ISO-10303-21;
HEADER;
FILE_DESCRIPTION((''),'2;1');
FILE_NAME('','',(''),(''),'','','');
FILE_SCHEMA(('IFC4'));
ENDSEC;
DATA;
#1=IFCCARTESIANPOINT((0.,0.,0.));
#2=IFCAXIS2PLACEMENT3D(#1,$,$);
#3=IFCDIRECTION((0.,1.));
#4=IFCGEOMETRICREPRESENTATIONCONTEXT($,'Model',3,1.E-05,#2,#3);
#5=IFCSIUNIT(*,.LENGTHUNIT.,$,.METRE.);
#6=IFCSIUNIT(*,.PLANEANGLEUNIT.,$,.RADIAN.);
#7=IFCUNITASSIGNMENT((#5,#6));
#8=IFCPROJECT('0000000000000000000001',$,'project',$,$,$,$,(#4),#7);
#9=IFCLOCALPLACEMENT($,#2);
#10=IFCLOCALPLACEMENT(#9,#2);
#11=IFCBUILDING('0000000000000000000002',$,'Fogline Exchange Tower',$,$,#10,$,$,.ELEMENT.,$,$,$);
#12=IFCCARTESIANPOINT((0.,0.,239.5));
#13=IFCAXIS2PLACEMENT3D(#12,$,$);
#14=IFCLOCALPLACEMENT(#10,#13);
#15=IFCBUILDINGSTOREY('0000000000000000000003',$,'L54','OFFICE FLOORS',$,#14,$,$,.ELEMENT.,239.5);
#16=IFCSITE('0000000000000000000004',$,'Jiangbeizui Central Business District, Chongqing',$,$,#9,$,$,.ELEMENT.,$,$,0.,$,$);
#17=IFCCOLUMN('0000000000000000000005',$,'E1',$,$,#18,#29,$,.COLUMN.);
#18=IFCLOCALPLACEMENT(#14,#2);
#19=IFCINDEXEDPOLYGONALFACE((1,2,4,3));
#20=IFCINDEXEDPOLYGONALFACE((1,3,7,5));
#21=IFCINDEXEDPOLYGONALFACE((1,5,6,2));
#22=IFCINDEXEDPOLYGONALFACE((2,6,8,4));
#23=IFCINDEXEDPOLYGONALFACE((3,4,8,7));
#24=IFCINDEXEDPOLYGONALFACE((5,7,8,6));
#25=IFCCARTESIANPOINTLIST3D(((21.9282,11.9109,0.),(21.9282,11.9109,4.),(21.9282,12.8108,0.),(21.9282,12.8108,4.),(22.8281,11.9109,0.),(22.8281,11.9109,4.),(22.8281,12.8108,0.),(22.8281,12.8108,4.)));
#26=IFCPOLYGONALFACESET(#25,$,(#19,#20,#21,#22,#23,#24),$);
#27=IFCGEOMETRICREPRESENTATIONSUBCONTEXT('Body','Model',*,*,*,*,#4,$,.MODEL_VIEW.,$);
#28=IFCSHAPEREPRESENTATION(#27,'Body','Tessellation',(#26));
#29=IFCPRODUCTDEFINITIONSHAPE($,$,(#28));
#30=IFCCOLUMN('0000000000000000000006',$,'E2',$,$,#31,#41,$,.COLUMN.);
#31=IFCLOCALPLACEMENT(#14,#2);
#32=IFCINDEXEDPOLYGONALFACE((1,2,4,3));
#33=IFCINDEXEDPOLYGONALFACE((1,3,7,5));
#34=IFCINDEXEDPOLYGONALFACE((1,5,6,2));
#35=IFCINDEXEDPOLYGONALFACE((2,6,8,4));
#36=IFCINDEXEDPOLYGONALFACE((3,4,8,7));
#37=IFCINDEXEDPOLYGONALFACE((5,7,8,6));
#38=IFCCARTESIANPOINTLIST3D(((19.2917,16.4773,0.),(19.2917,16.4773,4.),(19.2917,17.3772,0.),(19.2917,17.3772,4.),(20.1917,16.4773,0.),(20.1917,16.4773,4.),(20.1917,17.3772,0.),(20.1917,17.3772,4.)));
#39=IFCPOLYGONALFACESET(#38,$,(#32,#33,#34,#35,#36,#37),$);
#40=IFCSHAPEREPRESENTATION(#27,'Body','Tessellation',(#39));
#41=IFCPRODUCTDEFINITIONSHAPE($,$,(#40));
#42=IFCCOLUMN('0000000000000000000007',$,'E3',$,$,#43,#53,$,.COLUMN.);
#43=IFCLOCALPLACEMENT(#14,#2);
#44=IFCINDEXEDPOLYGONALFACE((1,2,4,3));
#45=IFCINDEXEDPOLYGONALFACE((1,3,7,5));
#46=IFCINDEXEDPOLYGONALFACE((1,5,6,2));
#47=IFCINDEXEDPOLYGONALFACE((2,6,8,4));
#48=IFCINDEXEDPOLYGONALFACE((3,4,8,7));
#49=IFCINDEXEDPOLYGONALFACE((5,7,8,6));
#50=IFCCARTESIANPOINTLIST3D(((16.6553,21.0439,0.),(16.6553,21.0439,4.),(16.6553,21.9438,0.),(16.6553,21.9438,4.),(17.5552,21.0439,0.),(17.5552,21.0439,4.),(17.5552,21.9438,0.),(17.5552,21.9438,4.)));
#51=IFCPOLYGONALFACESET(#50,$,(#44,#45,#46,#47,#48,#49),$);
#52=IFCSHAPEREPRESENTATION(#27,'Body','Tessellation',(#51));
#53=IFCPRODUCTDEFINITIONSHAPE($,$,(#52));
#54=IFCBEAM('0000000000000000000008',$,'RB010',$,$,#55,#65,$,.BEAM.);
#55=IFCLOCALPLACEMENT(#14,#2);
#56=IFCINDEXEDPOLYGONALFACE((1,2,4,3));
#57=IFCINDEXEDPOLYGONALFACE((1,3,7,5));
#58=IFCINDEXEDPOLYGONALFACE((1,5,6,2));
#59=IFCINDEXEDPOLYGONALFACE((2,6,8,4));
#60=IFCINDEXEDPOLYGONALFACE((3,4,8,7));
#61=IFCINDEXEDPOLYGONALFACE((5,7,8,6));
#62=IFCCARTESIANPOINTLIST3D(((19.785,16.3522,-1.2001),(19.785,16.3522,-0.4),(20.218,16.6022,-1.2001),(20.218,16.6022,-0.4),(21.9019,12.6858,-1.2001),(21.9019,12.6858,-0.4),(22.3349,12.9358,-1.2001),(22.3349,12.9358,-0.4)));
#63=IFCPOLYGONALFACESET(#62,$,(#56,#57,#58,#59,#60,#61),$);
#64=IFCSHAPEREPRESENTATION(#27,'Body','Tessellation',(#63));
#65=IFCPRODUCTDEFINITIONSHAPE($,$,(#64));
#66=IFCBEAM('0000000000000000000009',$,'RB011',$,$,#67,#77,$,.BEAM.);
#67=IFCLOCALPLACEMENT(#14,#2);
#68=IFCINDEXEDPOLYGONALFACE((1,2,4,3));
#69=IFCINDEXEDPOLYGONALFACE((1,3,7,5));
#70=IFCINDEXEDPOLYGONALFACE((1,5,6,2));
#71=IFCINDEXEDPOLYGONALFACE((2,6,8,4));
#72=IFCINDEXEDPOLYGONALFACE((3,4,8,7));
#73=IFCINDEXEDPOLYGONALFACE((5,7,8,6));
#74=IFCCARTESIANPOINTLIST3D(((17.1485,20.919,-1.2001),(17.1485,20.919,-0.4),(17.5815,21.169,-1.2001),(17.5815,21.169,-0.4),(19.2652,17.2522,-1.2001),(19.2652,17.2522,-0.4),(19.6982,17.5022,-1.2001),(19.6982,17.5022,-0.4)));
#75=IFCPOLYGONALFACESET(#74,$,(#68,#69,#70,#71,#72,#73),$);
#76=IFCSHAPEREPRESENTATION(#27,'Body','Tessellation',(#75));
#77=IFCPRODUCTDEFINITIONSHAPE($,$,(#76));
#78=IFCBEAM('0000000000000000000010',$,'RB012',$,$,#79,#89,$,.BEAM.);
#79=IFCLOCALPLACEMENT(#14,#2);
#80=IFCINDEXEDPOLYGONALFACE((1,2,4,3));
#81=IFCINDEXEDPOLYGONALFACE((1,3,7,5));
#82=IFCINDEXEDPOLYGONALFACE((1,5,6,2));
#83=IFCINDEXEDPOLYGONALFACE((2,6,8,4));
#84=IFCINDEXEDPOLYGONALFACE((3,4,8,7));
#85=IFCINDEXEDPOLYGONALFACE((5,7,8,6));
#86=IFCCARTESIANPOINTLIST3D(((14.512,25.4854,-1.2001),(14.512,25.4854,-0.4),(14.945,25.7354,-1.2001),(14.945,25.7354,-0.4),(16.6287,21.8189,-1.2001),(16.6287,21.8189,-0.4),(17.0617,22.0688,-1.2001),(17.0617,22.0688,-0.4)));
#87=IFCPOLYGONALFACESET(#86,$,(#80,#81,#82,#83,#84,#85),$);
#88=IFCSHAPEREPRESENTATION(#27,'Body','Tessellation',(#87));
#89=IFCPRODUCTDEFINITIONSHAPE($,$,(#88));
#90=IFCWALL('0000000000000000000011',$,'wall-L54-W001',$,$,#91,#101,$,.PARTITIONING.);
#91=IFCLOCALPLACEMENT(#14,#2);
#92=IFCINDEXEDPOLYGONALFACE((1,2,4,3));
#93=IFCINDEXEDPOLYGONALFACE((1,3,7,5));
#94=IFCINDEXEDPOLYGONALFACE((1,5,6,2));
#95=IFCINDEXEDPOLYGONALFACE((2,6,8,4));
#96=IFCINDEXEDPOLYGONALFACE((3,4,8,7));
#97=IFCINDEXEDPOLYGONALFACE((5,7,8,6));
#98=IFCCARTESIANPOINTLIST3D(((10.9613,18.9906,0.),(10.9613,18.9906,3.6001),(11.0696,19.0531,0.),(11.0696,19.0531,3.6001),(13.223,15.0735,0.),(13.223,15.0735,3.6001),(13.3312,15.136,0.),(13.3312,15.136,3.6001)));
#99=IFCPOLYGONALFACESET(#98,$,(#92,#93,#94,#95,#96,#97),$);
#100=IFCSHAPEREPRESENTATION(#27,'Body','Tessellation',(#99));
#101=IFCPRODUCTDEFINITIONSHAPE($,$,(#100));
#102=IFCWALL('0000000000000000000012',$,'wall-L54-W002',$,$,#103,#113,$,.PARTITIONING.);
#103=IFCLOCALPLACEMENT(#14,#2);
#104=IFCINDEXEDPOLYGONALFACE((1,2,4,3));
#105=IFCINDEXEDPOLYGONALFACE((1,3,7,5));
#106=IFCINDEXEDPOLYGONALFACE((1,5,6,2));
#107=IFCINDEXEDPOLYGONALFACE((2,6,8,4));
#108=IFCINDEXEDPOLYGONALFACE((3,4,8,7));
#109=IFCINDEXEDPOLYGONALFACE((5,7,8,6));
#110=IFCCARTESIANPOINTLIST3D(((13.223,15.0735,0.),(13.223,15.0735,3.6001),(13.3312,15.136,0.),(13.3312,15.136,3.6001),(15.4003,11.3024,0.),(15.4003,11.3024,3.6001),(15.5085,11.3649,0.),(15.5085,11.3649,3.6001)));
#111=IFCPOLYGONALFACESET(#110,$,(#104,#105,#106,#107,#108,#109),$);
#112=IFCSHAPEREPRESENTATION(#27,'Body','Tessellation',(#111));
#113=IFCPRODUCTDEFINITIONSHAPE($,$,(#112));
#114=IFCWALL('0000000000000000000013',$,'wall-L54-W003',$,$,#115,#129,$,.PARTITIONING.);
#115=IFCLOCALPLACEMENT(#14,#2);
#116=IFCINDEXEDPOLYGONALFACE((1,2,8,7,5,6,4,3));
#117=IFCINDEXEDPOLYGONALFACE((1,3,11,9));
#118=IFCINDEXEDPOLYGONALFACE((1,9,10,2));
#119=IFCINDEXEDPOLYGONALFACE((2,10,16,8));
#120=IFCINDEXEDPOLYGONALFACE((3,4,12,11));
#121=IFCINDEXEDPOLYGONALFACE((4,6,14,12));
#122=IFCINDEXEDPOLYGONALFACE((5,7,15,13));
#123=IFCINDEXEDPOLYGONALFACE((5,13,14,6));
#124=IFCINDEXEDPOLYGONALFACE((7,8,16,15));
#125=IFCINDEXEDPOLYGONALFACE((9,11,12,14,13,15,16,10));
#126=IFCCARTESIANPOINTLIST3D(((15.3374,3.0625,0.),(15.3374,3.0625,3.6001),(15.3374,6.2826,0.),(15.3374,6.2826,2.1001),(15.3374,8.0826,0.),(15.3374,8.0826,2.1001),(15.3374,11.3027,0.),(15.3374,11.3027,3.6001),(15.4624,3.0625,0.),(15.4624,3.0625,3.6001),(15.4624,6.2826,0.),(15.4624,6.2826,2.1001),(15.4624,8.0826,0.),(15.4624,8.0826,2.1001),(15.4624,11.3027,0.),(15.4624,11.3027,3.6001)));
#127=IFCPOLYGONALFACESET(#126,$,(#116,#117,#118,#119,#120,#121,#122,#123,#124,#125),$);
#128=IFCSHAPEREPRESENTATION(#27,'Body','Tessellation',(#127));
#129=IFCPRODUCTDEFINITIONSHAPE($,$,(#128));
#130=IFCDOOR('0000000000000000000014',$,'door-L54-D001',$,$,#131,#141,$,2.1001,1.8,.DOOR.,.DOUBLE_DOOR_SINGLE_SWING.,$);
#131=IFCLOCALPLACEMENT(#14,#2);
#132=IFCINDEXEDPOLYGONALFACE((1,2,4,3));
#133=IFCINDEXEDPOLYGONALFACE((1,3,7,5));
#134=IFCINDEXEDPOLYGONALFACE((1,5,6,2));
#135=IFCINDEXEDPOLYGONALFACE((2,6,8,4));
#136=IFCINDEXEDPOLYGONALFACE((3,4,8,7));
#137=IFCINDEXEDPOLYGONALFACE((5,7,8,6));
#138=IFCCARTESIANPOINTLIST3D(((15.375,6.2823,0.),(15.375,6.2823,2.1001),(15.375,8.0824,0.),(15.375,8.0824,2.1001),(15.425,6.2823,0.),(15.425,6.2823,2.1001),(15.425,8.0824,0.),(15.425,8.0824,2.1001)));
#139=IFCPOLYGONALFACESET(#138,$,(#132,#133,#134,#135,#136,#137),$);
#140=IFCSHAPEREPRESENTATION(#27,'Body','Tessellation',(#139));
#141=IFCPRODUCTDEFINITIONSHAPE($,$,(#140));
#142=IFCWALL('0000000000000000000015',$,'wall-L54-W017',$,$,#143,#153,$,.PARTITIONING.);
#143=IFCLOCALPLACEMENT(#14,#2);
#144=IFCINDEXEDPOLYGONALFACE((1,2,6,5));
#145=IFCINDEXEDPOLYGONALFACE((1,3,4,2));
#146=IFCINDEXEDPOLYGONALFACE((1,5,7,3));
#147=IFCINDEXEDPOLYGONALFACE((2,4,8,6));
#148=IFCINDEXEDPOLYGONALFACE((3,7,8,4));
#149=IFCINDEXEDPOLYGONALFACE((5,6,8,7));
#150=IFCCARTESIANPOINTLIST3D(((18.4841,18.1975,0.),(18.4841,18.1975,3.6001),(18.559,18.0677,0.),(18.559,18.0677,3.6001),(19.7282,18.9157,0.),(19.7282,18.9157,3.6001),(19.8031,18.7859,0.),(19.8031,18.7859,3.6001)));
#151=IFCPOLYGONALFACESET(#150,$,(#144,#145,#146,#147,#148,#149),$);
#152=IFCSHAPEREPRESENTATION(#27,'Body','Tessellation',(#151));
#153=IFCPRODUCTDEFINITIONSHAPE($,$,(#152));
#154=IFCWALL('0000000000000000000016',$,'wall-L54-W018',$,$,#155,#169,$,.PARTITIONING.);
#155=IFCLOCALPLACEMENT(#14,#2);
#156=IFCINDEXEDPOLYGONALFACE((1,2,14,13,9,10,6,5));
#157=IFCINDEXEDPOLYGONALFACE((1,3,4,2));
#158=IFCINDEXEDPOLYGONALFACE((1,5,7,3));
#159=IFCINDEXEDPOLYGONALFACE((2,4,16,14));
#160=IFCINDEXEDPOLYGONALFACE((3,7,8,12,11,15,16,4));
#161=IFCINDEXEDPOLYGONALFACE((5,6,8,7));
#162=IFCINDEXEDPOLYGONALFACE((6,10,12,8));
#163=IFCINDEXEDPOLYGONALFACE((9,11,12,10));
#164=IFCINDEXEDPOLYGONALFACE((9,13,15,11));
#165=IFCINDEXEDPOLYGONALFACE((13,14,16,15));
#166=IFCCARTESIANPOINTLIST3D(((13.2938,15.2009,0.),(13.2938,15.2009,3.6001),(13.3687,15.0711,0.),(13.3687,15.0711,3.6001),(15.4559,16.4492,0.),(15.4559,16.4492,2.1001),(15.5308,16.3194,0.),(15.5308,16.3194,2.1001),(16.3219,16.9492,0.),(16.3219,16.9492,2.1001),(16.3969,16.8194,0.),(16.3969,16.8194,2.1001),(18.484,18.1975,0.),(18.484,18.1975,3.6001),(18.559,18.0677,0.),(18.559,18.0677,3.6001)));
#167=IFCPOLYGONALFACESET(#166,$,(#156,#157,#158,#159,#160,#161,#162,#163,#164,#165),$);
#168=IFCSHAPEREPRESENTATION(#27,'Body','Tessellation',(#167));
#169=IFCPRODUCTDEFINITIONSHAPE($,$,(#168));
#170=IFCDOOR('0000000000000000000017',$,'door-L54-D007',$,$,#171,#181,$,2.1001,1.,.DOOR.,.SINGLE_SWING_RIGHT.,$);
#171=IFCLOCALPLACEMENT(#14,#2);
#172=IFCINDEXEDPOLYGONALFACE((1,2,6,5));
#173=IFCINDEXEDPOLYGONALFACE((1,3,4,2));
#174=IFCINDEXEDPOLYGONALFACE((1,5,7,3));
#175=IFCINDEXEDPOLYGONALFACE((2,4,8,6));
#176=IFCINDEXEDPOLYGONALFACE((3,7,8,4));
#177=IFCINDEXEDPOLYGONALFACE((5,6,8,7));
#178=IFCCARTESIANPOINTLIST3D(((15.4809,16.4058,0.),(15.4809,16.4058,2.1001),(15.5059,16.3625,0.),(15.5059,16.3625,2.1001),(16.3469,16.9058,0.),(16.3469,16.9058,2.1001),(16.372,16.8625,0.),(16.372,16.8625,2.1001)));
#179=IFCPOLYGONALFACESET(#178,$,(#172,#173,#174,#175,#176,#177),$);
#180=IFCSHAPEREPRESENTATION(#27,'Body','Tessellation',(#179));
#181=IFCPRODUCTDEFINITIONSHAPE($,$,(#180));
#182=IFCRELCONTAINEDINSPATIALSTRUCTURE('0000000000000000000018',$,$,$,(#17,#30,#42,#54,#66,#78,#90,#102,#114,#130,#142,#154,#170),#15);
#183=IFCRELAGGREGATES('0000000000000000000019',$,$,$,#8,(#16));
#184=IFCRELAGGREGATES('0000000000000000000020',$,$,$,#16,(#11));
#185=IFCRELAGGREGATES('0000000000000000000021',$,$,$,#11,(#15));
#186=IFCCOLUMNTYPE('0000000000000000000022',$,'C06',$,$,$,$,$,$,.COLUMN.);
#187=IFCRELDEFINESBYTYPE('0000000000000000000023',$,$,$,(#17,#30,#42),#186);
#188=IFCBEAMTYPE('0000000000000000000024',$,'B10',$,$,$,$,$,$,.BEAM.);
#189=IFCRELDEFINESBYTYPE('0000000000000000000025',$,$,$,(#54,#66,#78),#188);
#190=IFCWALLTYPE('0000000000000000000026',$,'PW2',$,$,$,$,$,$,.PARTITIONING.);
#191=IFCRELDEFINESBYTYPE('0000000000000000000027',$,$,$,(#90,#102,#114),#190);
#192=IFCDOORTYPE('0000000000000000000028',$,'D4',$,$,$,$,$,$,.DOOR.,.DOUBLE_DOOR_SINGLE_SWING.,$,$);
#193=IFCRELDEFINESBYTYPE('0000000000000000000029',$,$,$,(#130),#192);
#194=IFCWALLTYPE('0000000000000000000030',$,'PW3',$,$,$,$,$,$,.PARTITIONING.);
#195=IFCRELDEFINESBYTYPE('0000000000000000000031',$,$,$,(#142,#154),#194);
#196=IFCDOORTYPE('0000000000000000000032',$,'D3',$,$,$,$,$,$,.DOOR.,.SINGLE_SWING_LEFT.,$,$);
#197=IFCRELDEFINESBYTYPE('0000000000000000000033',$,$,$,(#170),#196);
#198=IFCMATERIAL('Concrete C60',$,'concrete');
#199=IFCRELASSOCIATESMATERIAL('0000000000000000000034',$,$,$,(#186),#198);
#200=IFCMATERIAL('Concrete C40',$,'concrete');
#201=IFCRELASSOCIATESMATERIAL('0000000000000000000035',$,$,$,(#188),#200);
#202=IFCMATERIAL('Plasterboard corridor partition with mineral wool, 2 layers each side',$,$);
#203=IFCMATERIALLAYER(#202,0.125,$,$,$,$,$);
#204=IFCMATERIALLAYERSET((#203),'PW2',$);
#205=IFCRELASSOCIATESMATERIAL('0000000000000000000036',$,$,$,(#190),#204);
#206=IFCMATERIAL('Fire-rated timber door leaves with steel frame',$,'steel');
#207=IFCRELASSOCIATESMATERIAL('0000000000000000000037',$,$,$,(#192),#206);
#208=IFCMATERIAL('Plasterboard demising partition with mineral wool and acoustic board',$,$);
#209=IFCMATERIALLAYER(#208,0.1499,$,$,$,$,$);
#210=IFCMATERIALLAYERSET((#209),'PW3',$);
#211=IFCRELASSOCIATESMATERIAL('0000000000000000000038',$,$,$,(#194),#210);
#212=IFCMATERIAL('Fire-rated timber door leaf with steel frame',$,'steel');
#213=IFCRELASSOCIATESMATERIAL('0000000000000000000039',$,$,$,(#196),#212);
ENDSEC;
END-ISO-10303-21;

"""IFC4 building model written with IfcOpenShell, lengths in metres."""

from ifc_helpers import new_model, si_unit, direction, frame, frame_2d, origin, origin_2d, place, context, subcontext, project, spatial, rectangle, extrude, material, layer, layer_set, material_profile, profile_set, type_object, element, fill, save


model = new_model("IFC4")

# Units and contexts
model_context = context("Model", 3, precision=1e-05, world=origin(), true_north=direction((0.0, 1.0)))
body_context = subcontext(model_context, "Body", "Model", "MODEL_VIEW")
ifc_project = project(units=[si_unit("LENGTHUNIT", "METRE"), si_unit("PLANEANGLEUNIT", "RADIAN")], contexts=[model_context])

# Site, building, storey
site_placement = place(None, origin())
site = spatial("IfcSite", under=ifc_project, at=site_placement, Name="Jiangbeizui Central Business District, Chongqing", CompositionType="ELEMENT", RefElevation=0.0)
building_placement = place(site_placement, origin())
building = spatial("IfcBuilding", under=site, at=building_placement, Name="Fogline Exchange Tower", CompositionType="ELEMENT")
storey_placement = place(building_placement, frame((0.0, 0.0, 239.5)))
storey = spatial("IfcBuildingStorey", under=building, at=storey_placement, Name="L54", Description="OFFICE FLOORS", CompositionType="ELEMENT", Elevation=239.5)

# Columns
ifc_material_1 = material(Name="Concrete C60", Category="concrete")
ifc_material_profile_1 = material_profile(ifc_material_1, rectangle(XDim=0.8999, YDim=0.8999, at=origin_2d()), Name="RC 900x900")
ifc_profile_set_1 = profile_set([ifc_material_profile_1], Name="Concrete C60")
column_type = type_object("IfcColumnType", Name="C06", PredefinedType="COLUMN", material=ifc_profile_set_1)
for number, where, z_axis, x_axis, name in (
    (1, (22.3782, 12.3608, 0.0), (0.0, 0.0, 1.0), (1.0, 0.0, 0.0), "E1"),
    (2, (19.7417, 16.9272, 0.0), (0.0, 0.0, 1.0), (1.0, 0.0, 0.0), "E2"),
    (3, (17.1052, 21.4939, 0.0), (0.0, 0.0, 1.0), (1.0, 0.0, 0.0), "E3"),
):
    element("IfcColumn", number, at=place(storey_placement, frame(where, z_axis=z_axis, x_axis=x_axis)), inside=storey, type_object=column_type, Name=name, PredefinedType="COLUMN", context=body_context, shape_type="SweptSolid", body=[
        extrude(rectangle(XDim=0.8999, YDim=0.8999, at=origin_2d()), origin(), (0.0, 0.0, 1.0), 4.0),
    ])

# Beams
ifc_material_2 = material(Name="Concrete C40", Category="concrete")
ifc_material_profile_2 = material_profile(ifc_material_2, rectangle(XDim=0.5, YDim=0.8, at=origin_2d()), Name="RC 500x800")
ifc_profile_set_2 = profile_set([ifc_material_profile_2], Name="Concrete C40")
beam_type = type_object("IfcBeamType", Name="B10", PredefinedType="BEAM", material=ifc_profile_set_2)
beam_1_placement = place(storey_placement, frame((22.1184, 12.8108, -0.8), z_axis=(-0.500015, 0.866017, 0.0), x_axis=(-0.866017, -0.500015, 0.0)))
element("IfcBeam", 4, at=beam_1_placement, inside=storey, type_object=beam_type, Name="RB010", PredefinedType="BEAM", context=body_context, shape_type="SweptSolid", body=[
    extrude(rectangle(XDim=0.5, YDim=0.8, at=origin_2d()), origin(), (0.0, 0.0, 1.0), 4.2336),
])
beam_2_placement = place(storey_placement, frame((19.4817, 17.3772, -0.8), z_axis=(-0.499947, 0.866056, 0.0), x_axis=(-0.866056, -0.499947, 0.0)))
element("IfcBeam", 5, at=beam_2_placement, inside=storey, type_object=beam_type, Name="RB011", PredefinedType="BEAM", context=body_context, shape_type="SweptSolid", body=[
    extrude(rectangle(XDim=0.5, YDim=0.8, at=origin_2d()), origin(), (0.0, 0.0, 1.0), 4.2339),
])
beam_3_placement = place(storey_placement, frame((16.8452, 21.9438, -0.8), z_axis=(-0.499972, 0.866042, 0.0), x_axis=(-0.866042, -0.499972, 0.0)))
element("IfcBeam", 6, at=beam_3_placement, inside=storey, type_object=beam_type, Name="RB012", PredefinedType="BEAM", context=body_context, shape_type="SweptSolid", body=[
    extrude(rectangle(XDim=0.5, YDim=0.8, at=origin_2d()), origin(), (0.0, 0.0, 1.0), 4.2336),
])

# Walls
ifc_material_3 = material(Name="Plasterboard corridor partition with mineral wool, 2 layers each side")
ifc_layer_1 = layer(ifc_material_3, 0.125)
ifc_layer_set_1 = layer_set([ifc_layer_1], Name="PW2")
wall_type_1 = type_object("IfcWallType", Name="PW2", PredefinedType="PARTITIONING", material=ifc_layer_set_1)
wall_1_placement = place(storey_placement, frame((11.0154, 19.022, 0.0), z_axis=(0.0, 0.0, 1.0), x_axis=(0.500017, -0.866016, 0.0)))
element("IfcWall", 7, at=wall_1_placement, inside=storey, type_object=wall_type_1, Name="wall-L54-W001", PredefinedType="PARTITIONING", context=body_context, shape_type="SweptSolid", body=[
    extrude(rectangle(XDim=4.5232, YDim=0.125, at=frame_2d((2.2617, 0.0))), origin(), (0.0, 0.0, 1.0), 3.6001),
])
wall_2_placement = place(storey_placement, frame((13.2771, 15.1047, 0.0), z_axis=(0.0, 0.0, 1.0), x_axis=(0.50001, -0.866019, 0.0)))
element("IfcWall", 8, at=wall_2_placement, inside=storey, type_object=wall_type_1, Name="wall-L54-W002", PredefinedType="PARTITIONING", context=body_context, shape_type="SweptSolid", body=[
    extrude(rectangle(XDim=4.3545, YDim=0.125, at=frame_2d((2.1772, 0.0))), origin(), (0.0, 0.0, 1.0), 3.6001),
])

# Wall, opening, door
wall_3_placement = place(storey_placement, frame((15.3999, 11.3027, 0.0), z_axis=(0.0, 0.0, 1.0), x_axis=(0.0, -1.0, 0.0)))
wall_3 = element("IfcWall", 9, at=wall_3_placement, inside=storey, type_object=wall_type_1, Name="wall-L54-W003", PredefinedType="PARTITIONING", context=body_context, shape_type="SweptSolid", body=[
    extrude(rectangle(XDim=8.2402, YDim=0.125, at=frame_2d((4.1201, 0.0))), origin(), (0.0, 0.0, 1.0), 3.6001),
])
opening_1_placement = place(wall_3_placement, frame((3.2202, 0.0, 0.0)))
opening_1 = element("IfcOpeningElement", 10, at=opening_1_placement, cuts=wall_3, PredefinedType="OPENING", context=body_context, shape_type="SweptSolid", body=[
    extrude(rectangle(XDim=1.8, YDim=2.1001, at=frame_2d((0.8999, 1.05))), frame((0.0, 0.0725, 0.0), z_axis=(0.0, -1.0, 0.0), x_axis=(1.0, 0.0, 0.0)), (0.0, 0.0, 1.0), 0.145),
])
ifc_material_4 = material(Name="Fire-rated timber door leaves with steel frame", Category="steel")
door_type_1 = type_object("IfcDoorType", Name="D4", OperationType="DOUBLE_DOOR_SINGLE_SWING", PredefinedType="DOOR", material=ifc_material_4)
door_1_placement = place(opening_1_placement, frame((1.8, 0.0, 0.0), z_axis=(0.0, 0.0, 1.0), x_axis=(-1.0, 0.0, 0.0)))
door_1 = element("IfcDoor", 11, at=door_1_placement, inside=storey, type_object=door_type_1, Name="door-L54-D001", OperationType="DOUBLE_DOOR_SINGLE_SWING", OverallHeight=2.1001, OverallWidth=1.8, PredefinedType="DOOR", context=body_context, shape_type="SweptSolid", body=[
    extrude(rectangle(XDim=1.8, YDim=2.1001, at=frame_2d((0.8999, 1.05))), frame((0.0, 0.0249, 0.0), z_axis=(0.0, -1.0, 0.0), x_axis=(1.0, 0.0, 0.0)), (0.0, 0.0, 1.0), 0.05),
])
fill(opening_1, door_1)

# Wall
ifc_material_5 = material(Name="Plasterboard demising partition with mineral wool and acoustic board")
ifc_layer_2 = layer(ifc_material_5, 0.1499)
ifc_layer_set_2 = layer_set([ifc_layer_2], Name="PW3")
wall_type_2 = type_object("IfcWallType", Name="PW3", PredefinedType="PARTITIONING", material=ifc_layer_set_2)
wall_4_placement = place(storey_placement, frame((19.7656, 18.8508, 0.0), z_axis=(0.0, 0.0, 1.0), x_axis=(-0.866038, -0.499977, 0.0)))
element("IfcWall", 12, at=wall_4_placement, inside=storey, type_object=wall_type_2, Name="wall-L54-W017", PredefinedType="PARTITIONING", context=body_context, shape_type="SweptSolid", body=[
    extrude(rectangle(XDim=1.4365, YDim=0.1499, at=frame_2d((0.7183, 0.0))), origin(), (0.0, 0.0, 1.0), 3.6001),
])

# Wall, opening, door
wall_5_placement = place(storey_placement, frame((18.5215, 18.1326, 0.0), z_axis=(0.0, 0.0, 1.0), x_axis=(-0.866023, -0.500003, 0.0)))
wall_5 = element("IfcWall", 13, at=wall_5_placement, inside=storey, type_object=wall_type_2, Name="wall-L54-W018", PredefinedType="PARTITIONING", context=body_context, shape_type="SweptSolid", body=[
    extrude(rectangle(XDim=5.9932, YDim=0.1499, at=frame_2d((2.9966, 0.0))), origin(), (0.0, 0.0, 1.0), 3.6001),
])
opening_2_placement = place(wall_5_placement, frame((2.4966, 0.0, 0.0)))
opening_2 = element("IfcOpeningElement", 14, at=opening_2_placement, cuts=wall_5, PredefinedType="OPENING", context=body_context, shape_type="SweptSolid", body=[
    extrude(rectangle(XDim=1.0, YDim=2.1001, at=frame_2d((0.5, 1.05))), frame((0.0, 0.085, 0.0), z_axis=(0.0, -1.0, 0.0), x_axis=(1.0, 0.0, 0.0)), (0.0, 0.0, 1.0), 0.1699),
])
ifc_material_6 = material(Name="Fire-rated timber door leaf with steel frame", Category="steel")
door_type_2 = type_object("IfcDoorType", Name="D3", OperationType="SINGLE_SWING_LEFT", PredefinedType="DOOR", material=ifc_material_6)
door_2_placement = place(opening_2_placement, frame((1.0, 0.0, 0.0), z_axis=(0.0, 0.0, 1.0), x_axis=(-1.0, 0.0, 0.0)))
door_2 = element("IfcDoor", 15, at=door_2_placement, inside=storey, type_object=door_type_2, Name="door-L54-D007", OperationType="SINGLE_SWING_RIGHT", OverallHeight=2.1001, OverallWidth=1.0, PredefinedType="DOOR", context=body_context, shape_type="SweptSolid", body=[
    extrude(rectangle(XDim=1.0, YDim=2.1001, at=frame_2d((0.5, 1.05))), frame((0.0, 0.0249, 0.0), z_axis=(0.0, -1.0, 0.0), x_axis=(1.0, 0.0, 0.0)), (0.0, 0.0, 1.0), 0.05),
])
fill(opening_2, door_2)

save(model, "model.ifc")
